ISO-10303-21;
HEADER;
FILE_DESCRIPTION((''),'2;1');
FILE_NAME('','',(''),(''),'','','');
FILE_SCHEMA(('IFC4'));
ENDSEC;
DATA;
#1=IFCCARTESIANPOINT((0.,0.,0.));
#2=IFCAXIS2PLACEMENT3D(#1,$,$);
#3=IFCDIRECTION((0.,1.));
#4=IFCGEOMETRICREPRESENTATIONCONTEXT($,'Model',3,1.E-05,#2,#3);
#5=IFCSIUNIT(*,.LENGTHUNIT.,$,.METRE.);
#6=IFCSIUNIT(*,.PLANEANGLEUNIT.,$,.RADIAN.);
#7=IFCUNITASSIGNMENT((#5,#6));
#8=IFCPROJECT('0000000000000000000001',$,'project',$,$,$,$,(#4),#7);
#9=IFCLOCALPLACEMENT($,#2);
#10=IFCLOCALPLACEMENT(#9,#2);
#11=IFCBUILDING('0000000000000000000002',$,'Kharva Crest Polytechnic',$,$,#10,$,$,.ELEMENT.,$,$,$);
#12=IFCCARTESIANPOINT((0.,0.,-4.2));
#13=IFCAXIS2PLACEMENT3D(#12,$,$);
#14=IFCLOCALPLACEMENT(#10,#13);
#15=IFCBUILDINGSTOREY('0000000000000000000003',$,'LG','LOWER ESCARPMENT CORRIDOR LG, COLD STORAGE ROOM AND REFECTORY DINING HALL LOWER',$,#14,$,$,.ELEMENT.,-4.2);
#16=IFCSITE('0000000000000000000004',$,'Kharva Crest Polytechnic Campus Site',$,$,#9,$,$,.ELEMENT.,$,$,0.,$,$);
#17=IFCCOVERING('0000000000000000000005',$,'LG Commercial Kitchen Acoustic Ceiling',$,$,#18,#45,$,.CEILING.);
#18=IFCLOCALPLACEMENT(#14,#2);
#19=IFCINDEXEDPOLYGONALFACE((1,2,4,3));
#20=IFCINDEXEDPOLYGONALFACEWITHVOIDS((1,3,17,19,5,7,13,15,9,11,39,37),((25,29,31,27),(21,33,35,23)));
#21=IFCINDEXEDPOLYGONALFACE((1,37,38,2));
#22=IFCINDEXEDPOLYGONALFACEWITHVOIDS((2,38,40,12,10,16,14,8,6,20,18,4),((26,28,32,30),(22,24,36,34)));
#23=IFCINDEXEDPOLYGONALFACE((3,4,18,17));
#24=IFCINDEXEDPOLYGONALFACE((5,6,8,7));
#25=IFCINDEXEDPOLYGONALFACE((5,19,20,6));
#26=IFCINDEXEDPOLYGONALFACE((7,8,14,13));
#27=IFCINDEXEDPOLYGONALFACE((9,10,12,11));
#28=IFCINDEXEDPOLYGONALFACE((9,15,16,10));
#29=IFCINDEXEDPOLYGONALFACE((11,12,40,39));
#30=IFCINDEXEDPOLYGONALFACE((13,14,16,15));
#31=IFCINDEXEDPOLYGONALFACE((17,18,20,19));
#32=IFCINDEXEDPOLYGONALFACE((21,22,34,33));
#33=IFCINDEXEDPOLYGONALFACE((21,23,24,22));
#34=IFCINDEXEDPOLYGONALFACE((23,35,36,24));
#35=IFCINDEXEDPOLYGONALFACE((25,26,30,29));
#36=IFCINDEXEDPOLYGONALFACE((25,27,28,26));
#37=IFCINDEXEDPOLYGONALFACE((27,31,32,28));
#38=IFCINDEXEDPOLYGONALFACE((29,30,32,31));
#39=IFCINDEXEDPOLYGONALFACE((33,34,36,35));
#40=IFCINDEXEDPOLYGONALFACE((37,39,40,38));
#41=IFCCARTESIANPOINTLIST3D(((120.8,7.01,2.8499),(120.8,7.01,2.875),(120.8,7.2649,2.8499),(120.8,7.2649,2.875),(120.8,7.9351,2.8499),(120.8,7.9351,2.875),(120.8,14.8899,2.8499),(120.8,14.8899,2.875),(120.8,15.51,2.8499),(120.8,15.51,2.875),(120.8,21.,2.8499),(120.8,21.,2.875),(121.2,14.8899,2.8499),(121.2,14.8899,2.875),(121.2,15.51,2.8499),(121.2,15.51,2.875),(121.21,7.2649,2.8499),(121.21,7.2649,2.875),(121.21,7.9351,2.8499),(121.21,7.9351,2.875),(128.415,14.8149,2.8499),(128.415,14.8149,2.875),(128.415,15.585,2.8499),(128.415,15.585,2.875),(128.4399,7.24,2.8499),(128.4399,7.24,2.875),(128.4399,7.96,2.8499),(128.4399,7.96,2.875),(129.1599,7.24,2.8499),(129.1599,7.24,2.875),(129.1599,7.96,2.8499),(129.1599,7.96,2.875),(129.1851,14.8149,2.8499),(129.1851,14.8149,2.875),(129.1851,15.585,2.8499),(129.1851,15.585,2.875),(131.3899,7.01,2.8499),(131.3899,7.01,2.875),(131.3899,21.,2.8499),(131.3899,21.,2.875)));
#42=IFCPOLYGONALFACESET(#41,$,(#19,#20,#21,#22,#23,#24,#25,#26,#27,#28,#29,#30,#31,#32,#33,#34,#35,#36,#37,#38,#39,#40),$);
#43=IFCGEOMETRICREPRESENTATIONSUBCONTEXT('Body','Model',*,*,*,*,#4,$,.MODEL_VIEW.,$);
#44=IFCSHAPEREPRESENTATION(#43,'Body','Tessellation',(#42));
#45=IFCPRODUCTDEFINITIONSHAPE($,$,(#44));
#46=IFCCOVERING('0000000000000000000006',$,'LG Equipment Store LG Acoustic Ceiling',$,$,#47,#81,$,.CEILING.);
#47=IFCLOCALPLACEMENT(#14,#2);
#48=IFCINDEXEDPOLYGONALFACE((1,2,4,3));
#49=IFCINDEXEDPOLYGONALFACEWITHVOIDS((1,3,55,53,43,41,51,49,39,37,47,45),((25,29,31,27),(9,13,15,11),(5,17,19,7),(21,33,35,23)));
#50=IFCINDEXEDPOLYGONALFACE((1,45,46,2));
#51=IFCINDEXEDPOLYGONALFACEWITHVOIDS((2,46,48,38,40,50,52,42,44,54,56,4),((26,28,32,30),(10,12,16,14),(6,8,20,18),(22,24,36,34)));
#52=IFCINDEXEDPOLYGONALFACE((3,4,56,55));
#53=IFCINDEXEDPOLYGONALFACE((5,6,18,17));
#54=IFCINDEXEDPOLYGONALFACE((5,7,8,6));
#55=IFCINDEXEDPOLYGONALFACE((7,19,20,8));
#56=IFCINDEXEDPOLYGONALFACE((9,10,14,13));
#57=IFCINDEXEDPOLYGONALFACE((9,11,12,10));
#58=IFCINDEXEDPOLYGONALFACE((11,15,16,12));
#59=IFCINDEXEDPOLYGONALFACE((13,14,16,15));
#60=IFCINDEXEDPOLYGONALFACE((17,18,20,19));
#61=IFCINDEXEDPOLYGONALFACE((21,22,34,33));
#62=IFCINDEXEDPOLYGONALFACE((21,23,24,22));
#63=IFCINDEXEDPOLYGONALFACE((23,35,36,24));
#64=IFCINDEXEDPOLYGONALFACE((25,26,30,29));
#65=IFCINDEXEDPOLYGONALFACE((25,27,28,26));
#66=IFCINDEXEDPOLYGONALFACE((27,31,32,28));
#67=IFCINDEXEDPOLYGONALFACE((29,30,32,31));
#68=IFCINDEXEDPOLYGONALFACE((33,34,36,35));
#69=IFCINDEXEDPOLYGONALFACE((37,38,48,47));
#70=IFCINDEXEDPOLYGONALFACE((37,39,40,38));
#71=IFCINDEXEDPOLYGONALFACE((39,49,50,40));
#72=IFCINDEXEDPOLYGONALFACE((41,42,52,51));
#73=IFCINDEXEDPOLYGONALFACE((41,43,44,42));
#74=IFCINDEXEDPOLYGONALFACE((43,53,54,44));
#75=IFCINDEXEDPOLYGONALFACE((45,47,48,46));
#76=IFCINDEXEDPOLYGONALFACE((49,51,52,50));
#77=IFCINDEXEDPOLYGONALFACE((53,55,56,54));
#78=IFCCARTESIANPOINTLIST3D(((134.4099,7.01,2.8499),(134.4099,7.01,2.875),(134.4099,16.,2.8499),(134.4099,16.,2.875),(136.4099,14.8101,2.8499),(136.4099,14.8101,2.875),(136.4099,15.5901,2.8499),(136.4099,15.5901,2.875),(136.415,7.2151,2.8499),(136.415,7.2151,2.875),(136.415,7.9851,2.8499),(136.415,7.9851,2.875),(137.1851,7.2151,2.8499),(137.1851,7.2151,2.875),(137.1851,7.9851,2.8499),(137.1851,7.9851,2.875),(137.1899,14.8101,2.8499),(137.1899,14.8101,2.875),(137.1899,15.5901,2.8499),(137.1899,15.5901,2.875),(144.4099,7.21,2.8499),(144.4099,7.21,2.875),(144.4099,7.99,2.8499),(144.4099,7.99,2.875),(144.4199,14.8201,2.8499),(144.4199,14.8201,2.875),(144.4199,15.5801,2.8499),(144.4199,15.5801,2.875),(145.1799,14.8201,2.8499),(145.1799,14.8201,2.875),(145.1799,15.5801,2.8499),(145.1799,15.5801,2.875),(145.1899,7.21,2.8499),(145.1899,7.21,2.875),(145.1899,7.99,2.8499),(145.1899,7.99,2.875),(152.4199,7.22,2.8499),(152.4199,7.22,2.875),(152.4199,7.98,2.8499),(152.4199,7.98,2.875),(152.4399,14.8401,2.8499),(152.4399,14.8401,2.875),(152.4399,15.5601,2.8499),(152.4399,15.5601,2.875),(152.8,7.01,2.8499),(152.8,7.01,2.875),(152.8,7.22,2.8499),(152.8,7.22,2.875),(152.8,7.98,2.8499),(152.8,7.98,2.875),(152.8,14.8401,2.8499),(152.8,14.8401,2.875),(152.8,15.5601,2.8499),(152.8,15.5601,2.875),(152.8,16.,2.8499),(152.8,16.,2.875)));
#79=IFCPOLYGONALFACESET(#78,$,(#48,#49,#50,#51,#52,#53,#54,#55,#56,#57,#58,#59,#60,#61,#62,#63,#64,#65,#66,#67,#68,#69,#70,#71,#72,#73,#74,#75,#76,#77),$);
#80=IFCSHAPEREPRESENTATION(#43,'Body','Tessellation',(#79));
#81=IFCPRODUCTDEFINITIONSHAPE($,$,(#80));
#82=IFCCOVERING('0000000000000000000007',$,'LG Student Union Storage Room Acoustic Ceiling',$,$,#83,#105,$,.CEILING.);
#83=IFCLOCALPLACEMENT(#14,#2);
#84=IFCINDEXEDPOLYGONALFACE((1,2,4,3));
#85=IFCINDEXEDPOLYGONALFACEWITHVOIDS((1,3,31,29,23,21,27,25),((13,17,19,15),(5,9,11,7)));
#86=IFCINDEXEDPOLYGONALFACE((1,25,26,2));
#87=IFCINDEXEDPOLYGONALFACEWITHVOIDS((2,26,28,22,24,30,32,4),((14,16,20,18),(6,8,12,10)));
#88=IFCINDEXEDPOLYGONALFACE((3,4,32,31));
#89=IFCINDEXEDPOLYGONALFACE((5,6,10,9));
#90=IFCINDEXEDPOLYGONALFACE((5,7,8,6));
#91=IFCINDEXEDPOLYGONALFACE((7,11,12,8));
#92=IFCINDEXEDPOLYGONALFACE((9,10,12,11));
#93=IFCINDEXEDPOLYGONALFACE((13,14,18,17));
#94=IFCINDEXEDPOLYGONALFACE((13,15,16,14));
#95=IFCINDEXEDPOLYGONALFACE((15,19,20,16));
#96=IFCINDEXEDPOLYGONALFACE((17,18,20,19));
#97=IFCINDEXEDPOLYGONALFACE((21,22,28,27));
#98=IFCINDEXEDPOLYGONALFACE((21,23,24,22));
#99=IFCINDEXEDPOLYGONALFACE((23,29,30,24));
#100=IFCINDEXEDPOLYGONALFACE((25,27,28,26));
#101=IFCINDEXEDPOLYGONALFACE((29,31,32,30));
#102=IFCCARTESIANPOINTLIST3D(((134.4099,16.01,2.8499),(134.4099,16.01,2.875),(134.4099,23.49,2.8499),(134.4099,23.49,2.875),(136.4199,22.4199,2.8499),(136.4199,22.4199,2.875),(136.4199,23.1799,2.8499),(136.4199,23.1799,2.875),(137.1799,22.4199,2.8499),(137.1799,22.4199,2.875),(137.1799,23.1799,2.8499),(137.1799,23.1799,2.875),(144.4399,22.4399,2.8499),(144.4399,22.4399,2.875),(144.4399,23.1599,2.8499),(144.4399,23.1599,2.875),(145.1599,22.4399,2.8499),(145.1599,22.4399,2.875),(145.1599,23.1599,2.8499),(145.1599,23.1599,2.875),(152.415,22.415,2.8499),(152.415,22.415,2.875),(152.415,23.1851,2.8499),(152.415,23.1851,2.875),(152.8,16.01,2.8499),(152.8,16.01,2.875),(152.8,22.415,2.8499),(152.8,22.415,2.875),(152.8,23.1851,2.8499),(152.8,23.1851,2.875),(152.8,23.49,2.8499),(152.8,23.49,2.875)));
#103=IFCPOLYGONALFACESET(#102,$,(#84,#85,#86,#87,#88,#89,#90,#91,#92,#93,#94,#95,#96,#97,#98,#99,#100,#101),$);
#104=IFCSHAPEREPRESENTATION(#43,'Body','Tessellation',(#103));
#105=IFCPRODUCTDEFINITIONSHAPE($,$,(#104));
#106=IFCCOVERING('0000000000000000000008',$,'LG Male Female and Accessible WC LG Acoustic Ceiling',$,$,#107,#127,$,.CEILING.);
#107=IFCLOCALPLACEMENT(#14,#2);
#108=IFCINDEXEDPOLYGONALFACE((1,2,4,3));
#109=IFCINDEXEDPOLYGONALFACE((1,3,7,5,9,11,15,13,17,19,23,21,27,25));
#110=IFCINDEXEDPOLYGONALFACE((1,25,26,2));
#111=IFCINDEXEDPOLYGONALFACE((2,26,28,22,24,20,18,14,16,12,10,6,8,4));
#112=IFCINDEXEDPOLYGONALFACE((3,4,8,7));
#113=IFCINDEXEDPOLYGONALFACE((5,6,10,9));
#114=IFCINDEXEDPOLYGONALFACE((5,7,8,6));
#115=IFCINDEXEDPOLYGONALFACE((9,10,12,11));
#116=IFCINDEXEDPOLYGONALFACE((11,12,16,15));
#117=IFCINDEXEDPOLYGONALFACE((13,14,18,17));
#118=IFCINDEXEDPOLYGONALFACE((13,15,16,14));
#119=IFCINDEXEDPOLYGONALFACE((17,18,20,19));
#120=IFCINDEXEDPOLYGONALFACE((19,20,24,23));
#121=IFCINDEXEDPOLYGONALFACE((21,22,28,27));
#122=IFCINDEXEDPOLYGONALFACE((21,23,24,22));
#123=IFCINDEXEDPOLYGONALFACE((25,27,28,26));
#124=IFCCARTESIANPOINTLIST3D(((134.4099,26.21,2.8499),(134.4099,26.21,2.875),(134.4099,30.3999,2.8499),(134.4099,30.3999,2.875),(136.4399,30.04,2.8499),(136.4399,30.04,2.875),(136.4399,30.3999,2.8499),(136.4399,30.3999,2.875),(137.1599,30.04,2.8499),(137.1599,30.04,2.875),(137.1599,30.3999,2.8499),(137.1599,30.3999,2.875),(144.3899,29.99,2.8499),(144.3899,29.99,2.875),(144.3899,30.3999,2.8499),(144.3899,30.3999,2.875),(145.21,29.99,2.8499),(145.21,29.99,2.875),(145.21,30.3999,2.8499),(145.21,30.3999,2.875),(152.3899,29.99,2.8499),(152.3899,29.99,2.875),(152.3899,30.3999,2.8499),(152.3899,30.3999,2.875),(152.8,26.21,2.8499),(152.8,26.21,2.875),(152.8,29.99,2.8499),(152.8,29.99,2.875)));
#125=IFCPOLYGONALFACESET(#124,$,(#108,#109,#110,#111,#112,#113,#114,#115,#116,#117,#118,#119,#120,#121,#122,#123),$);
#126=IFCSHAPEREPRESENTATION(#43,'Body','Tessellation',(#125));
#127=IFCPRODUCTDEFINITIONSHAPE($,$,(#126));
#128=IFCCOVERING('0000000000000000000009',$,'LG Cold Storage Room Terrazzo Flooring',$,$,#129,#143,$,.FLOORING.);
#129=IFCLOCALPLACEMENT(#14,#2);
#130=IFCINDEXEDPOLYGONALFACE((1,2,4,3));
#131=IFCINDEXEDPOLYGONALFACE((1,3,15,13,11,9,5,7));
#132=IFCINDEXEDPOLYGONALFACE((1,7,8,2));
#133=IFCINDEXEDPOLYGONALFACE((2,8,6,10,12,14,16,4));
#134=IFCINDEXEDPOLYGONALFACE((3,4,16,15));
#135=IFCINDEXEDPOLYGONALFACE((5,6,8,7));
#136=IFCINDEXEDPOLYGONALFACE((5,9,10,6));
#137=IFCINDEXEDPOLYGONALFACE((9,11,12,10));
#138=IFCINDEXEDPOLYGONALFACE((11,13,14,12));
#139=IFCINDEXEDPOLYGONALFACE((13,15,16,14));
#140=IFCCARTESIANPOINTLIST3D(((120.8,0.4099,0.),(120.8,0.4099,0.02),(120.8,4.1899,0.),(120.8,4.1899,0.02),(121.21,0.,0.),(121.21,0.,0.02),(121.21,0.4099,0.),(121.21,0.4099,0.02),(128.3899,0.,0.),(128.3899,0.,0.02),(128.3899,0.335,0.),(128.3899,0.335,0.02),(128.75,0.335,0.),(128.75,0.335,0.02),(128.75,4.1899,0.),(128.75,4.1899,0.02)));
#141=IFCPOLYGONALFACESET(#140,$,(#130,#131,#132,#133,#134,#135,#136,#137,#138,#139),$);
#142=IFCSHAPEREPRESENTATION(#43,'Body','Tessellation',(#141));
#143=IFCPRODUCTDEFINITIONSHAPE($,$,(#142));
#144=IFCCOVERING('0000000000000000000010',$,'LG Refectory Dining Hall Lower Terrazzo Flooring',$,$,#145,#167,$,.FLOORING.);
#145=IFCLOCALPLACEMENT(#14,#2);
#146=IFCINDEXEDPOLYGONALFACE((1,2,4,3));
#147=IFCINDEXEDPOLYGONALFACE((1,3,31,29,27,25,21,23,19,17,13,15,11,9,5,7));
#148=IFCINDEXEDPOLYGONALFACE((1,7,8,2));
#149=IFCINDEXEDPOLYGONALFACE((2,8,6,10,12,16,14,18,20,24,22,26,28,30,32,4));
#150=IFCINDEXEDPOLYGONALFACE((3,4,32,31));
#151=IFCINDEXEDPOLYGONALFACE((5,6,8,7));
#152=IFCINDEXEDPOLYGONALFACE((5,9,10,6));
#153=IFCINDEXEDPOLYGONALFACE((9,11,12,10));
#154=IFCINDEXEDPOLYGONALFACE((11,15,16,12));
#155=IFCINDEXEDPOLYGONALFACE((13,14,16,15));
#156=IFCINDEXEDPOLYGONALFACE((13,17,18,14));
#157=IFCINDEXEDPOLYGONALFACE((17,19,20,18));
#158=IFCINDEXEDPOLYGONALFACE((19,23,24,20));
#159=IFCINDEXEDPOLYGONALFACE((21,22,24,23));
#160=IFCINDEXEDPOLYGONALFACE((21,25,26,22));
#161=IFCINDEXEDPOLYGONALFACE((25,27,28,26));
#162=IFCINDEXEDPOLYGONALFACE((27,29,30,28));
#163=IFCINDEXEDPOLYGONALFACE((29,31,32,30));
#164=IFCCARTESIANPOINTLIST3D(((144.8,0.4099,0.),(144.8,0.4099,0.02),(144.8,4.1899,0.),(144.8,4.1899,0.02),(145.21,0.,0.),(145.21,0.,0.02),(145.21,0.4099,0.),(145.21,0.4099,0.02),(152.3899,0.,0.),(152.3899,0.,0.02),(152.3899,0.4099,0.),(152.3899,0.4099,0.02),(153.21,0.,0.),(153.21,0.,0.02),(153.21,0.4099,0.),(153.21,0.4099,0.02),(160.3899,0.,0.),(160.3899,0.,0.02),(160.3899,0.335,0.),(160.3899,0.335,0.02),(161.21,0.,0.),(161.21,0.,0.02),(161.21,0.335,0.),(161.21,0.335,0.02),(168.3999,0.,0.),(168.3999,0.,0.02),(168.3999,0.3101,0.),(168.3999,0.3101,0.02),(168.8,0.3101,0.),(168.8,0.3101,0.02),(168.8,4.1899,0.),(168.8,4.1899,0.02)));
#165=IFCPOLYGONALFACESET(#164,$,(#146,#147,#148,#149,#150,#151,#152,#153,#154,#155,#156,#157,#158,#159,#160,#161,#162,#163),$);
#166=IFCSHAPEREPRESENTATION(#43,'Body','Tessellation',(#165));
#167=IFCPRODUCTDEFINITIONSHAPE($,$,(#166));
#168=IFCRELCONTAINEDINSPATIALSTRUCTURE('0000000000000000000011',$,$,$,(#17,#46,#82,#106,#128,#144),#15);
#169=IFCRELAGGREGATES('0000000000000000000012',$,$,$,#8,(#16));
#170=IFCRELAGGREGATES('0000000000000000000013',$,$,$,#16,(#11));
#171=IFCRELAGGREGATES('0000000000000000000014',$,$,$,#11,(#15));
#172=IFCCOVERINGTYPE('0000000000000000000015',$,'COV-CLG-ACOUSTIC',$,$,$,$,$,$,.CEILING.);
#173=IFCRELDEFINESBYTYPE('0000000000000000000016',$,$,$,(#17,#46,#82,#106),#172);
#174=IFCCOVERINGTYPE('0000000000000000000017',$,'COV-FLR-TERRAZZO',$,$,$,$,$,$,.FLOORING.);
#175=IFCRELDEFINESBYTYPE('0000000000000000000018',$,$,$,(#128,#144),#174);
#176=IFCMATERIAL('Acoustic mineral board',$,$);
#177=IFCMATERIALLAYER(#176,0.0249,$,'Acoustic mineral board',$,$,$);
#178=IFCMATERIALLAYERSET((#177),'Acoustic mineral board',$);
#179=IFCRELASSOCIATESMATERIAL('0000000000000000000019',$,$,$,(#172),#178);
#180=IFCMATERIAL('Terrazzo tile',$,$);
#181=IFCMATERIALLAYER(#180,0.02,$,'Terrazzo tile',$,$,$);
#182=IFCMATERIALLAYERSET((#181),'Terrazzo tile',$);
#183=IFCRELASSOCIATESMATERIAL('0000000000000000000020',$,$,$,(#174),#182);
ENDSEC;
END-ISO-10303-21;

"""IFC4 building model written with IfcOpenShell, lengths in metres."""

from ifc_helpers import new_model, si_unit, direction, frame, origin, place, context, subcontext, project, spatial, polyline, outline, extrude, material, layer, layer_set, type_object, element, save


model = new_model("IFC4")

# Units and contexts
model_context = context("Model", 3, precision=1e-05, world=origin(), true_north=direction((0.0, 1.0)))
body_context = subcontext(model_context, "Body", "Model", "MODEL_VIEW")
ifc_project = project(units=[si_unit("LENGTHUNIT", "METRE"), si_unit("PLANEANGLEUNIT", "RADIAN")], contexts=[model_context])

# Site, building, storey
site_placement = place(None, origin())
site = spatial("IfcSite", under=ifc_project, at=site_placement, Name="Kharva Crest Polytechnic Campus Site", CompositionType="ELEMENT", RefElevation=0.0)
building_placement = place(site_placement, origin())
building = spatial("IfcBuilding", under=site, at=building_placement, Name="Kharva Crest Polytechnic", CompositionType="ELEMENT")
storey_placement = place(building_placement, frame((0.0, 0.0, -4.2)))
storey = spatial("IfcBuildingStorey", under=building, at=storey_placement, Name="LG", Description="LOWER ESCARPMENT CORRIDOR LG, COLD STORAGE ROOM AND REFECTORY DINING HALL LOWER", CompositionType="ELEMENT", Elevation=-4.2)

# Coverings
ifc_material_1 = material(Name="Acoustic mineral board")
ifc_layer_1 = layer(ifc_material_1, 0.0249, Name="Acoustic mineral board")
ifc_layer_set_1 = layer_set([ifc_layer_1], Name="Acoustic mineral board")
covering_type_1 = type_object("IfcCoveringType", Name="COV-CLG-ACOUSTIC", PredefinedType="CEILING", material=ifc_layer_set_1)
covering_1_placement = place(storey_placement, frame((0.0, 0.0, 2.8499)))
element("IfcCovering", 1, at=covering_1_placement, inside=storey, type_object=covering_type_1, Name="LG Commercial Kitchen Acoustic Ceiling", PredefinedType="CEILING", context=body_context, shape_type="SweptSolid", body=[
    extrude(outline(polyline([(120.8, 7.2649), (121.21, 7.2649), (121.21, 7.9351), (120.8, 7.9351), (120.8, 14.8899), (121.2, 14.8899), (121.2, 15.51), (120.8, 15.51), (120.8, 21.0), (131.3899, 21.0), (131.3899, 7.01), (120.8, 7.01), (120.8, 7.2649)]), holes=[polyline([(129.1599, 7.24), (129.1599, 7.96), (128.4399, 7.96), (128.4399, 7.24), (129.1599, 7.24)]), polyline([(129.1851, 15.585), (128.415, 15.585), (128.415, 14.8149), (129.1851, 14.8149), (129.1851, 15.585)])]), origin(), (0.0, 0.0, 1.0), 0.0251),
])
covering_2_placement = place(storey_placement, frame((0.0, 0.0, 2.8499)))
element("IfcCovering", 2, at=covering_2_placement, inside=storey, type_object=covering_type_1, Name="LG Equipment Store LG Acoustic Ceiling", PredefinedType="CEILING", context=body_context, shape_type="SweptSolid", body=[
    extrude(outline(polyline([(152.8, 16.0), (152.8, 15.5601), (152.4399, 15.5601), (152.4399, 14.8401), (152.8, 14.8401), (152.8, 7.98), (152.4199, 7.98), (152.4199, 7.22), (152.8, 7.22), (152.8, 7.01), (134.4099, 7.01), (134.4099, 16.0), (152.8, 16.0)]), holes=[polyline([(137.1851, 7.2151), (137.1851, 7.9851), (136.415, 7.9851), (136.415, 7.2151), (137.1851, 7.2151)]), polyline([(145.1899, 7.21), (145.1899, 7.99), (144.4099, 7.99), (144.4099, 7.21), (145.1899, 7.21)]), polyline([(137.1899, 15.5901), (136.4099, 15.5901), (136.4099, 14.8101), (137.1899, 14.8101), (137.1899, 15.5901)]), polyline([(145.1799, 15.5801), (144.4199, 15.5801), (144.4199, 14.8201), (145.1799, 14.8201), (145.1799, 15.5801)])]), origin(), (0.0, 0.0, 1.0), 0.0251),
])
covering_3_placement = place(storey_placement, frame((0.0, 0.0, 2.8499)))
element("IfcCovering", 3, at=covering_3_placement, inside=storey, type_object=covering_type_1, Name="LG Student Union Storage Room Acoustic Ceiling", PredefinedType="CEILING", context=body_context, shape_type="SweptSolid", body=[
    extrude(outline(polyline([(152.8, 23.1851), (152.415, 23.1851), (152.415, 22.415), (152.8, 22.415), (152.8, 16.01), (134.4099, 16.01), (134.4099, 23.49), (152.8, 23.49), (152.8, 23.1851)]), holes=[polyline([(137.1799, 23.1799), (136.4199, 23.1799), (136.4199, 22.4199), (137.1799, 22.4199), (137.1799, 23.1799)]), polyline([(145.1599, 22.4399), (145.1599, 23.1599), (144.4399, 23.1599), (144.4399, 22.4399), (145.1599, 22.4399)])]), origin(), (0.0, 0.0, 1.0), 0.0251),
])
covering_4_placement = place(storey_placement, frame((0.0, 0.0, 2.8499)))
element("IfcCovering", 4, at=covering_4_placement, inside=storey, type_object=covering_type_1, Name="LG Male Female and Accessible WC LG Acoustic Ceiling", PredefinedType="CEILING", context=body_context, shape_type="SweptSolid", body=[
    extrude(outline(polyline([(136.4399, 30.3999), (136.4399, 30.04), (137.1599, 30.04), (137.1599, 30.3999), (144.3899, 30.3999), (144.3899, 29.99), (145.21, 29.99), (145.21, 30.3999), (152.3899, 30.3999), (152.3899, 29.99), (152.8, 29.99), (152.8, 26.21), (134.4099, 26.21), (134.4099, 30.3999), (136.4399, 30.3999)])), origin(), (0.0, 0.0, 1.0), 0.0251),
])
ifc_material_2 = material(Name="Terrazzo tile")
ifc_layer_2 = layer(ifc_material_2, 0.02, Name="Terrazzo tile")
ifc_layer_set_2 = layer_set([ifc_layer_2], Name="Terrazzo tile")
covering_type_2 = type_object("IfcCoveringType", Name="COV-FLR-TERRAZZO", PredefinedType="FLOORING", material=ifc_layer_set_2)
covering_5_placement = place(storey_placement, origin())
element("IfcCovering", 5, at=covering_5_placement, inside=storey, type_object=covering_type_2, Name="LG Cold Storage Room Terrazzo Flooring", PredefinedType="FLOORING", context=body_context, shape_type="SweptSolid", body=[
    extrude(outline(polyline([(121.21, 0.4099), (120.8, 0.4099), (120.8, 4.1899), (128.75, 4.1899), (128.75, 0.335), (128.3899, 0.335), (128.3899, 0.0), (121.21, 0.0), (121.21, 0.4099)])), origin(), (0.0, 0.0, 1.0), 0.02),
])
covering_6_placement = place(storey_placement, origin())
element("IfcCovering", 6, at=covering_6_placement, inside=storey, type_object=covering_type_2, Name="LG Refectory Dining Hall Lower Terrazzo Flooring", PredefinedType="FLOORING", context=body_context, shape_type="SweptSolid", body=[
    extrude(outline(polyline([(161.21, 0.335), (160.3899, 0.335), (160.3899, 0.0), (153.21, 0.0), (153.21, 0.4099), (152.3899, 0.4099), (152.3899, 0.0), (145.21, 0.0), (145.21, 0.4099), (144.8, 0.4099), (144.8, 4.1899), (168.8, 4.1899), (168.8, 0.3101), (168.3999, 0.3101), (168.3999, 0.0), (161.21, 0.0), (161.21, 0.335)])), origin(), (0.0, 0.0, 1.0), 0.02),
])

save(model, "model.ifc")
